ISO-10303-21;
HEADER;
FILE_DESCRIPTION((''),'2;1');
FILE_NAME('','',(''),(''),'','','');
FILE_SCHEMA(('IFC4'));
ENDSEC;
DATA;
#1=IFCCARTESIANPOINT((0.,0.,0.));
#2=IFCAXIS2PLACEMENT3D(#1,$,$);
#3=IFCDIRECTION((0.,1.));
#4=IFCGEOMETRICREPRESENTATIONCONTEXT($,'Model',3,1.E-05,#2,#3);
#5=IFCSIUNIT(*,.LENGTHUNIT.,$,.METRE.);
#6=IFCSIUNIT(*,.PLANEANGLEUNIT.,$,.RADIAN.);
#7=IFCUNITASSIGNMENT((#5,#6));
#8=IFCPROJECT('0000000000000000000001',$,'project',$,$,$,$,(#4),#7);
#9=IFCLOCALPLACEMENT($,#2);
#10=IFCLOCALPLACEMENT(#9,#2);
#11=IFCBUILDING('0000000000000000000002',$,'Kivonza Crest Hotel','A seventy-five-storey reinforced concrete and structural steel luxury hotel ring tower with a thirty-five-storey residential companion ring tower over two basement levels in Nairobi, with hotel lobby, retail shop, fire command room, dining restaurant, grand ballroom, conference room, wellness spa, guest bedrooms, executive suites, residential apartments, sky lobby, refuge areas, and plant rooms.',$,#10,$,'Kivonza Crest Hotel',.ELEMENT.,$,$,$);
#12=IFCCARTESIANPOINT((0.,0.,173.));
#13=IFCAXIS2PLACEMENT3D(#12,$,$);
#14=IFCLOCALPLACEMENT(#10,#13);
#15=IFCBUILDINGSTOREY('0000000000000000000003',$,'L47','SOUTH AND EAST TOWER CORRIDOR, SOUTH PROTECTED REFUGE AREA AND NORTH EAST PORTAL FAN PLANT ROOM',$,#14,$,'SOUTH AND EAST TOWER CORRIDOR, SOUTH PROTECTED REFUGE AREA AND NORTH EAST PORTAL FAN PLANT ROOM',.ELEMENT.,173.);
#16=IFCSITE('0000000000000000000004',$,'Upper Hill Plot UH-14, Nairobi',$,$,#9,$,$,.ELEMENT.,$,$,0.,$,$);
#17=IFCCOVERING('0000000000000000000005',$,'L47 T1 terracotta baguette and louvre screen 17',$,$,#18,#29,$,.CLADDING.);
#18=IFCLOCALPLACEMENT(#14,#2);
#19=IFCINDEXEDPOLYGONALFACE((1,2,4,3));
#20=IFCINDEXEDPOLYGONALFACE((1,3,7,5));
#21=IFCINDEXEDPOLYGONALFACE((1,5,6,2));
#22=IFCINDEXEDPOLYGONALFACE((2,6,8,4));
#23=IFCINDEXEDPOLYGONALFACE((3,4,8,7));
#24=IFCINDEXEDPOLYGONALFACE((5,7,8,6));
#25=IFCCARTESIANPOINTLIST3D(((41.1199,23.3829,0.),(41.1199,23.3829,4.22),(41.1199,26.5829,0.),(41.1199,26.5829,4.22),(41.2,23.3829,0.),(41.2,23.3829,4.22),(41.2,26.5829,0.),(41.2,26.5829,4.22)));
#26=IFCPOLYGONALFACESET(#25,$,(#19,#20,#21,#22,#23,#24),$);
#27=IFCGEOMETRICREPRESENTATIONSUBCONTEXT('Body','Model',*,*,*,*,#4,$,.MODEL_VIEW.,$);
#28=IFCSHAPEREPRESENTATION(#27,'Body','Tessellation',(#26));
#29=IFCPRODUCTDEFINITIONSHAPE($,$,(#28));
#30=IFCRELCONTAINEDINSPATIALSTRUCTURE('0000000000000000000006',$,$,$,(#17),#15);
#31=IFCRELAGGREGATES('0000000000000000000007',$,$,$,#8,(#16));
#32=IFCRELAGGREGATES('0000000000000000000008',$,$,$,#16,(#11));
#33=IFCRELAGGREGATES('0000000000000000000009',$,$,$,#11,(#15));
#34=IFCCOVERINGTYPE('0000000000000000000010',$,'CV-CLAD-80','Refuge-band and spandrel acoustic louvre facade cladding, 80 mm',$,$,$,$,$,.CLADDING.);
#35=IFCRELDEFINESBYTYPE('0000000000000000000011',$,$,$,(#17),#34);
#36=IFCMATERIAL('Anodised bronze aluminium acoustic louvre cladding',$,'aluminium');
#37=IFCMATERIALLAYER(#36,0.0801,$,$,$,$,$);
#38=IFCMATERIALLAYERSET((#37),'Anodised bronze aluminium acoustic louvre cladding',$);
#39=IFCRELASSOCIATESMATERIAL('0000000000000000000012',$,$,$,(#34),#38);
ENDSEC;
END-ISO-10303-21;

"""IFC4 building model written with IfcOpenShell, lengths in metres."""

from ifc_helpers import new_model, si_unit, direction, frame, origin, origin_2d, place, context, subcontext, project, spatial, rectangle, extrude, material, layer, layer_set, type_object, element, save


model = new_model("IFC4")

# Units and contexts
model_context = context("Model", 3, precision=1e-05, world=origin(), true_north=direction((0.0, 1.0)))
body_context = subcontext(model_context, "Body", "Model", "MODEL_VIEW")
ifc_project = project(units=[si_unit("LENGTHUNIT", "METRE"), si_unit("PLANEANGLEUNIT", "RADIAN")], contexts=[model_context])

# Site, building, storey
site_placement = place(None, origin())
site = spatial("IfcSite", under=ifc_project, at=site_placement, Name="Upper Hill Plot UH-14, Nairobi", CompositionType="ELEMENT", RefElevation=0.0)
building_placement = place(site_placement, origin())
building = spatial("IfcBuilding", under=site, at=building_placement, Name="Kivonza Crest Hotel", Description="A seventy-five-storey reinforced concrete and structural steel luxury hotel ring tower with a thirty-five-storey residential companion ring tower over two basement levels in Nairobi, with hotel lobby, retail shop, fire command room, dining restaurant, grand ballroom, conference room, wellness spa, guest bedrooms, executive suites, residential apartments, sky lobby, refuge areas, and plant rooms.", LongName="Kivonza Crest Hotel", CompositionType="ELEMENT")
storey_placement = place(building_placement, frame((0.0, 0.0, 173.0)))
storey = spatial("IfcBuildingStorey", under=building, at=storey_placement, Name="L47", Description="SOUTH AND EAST TOWER CORRIDOR, SOUTH PROTECTED REFUGE AREA AND NORTH EAST PORTAL FAN PLANT ROOM", LongName="SOUTH AND EAST TOWER CORRIDOR, SOUTH PROTECTED REFUGE AREA AND NORTH EAST PORTAL FAN PLANT ROOM", CompositionType="ELEMENT", Elevation=173.0)

# Covering
ifc_material_1 = material(Name="Anodised bronze aluminium acoustic louvre cladding", Category="aluminium")
ifc_layer_1 = layer(ifc_material_1, 0.0801)
ifc_layer_set_1 = layer_set([ifc_layer_1], Name="Anodised bronze aluminium acoustic louvre cladding")
covering_type = type_object("IfcCoveringType", Name="CV-CLAD-80", Description="Refuge-band and spandrel acoustic louvre facade cladding, 80 mm", PredefinedType="CLADDING", material=ifc_layer_set_1)
covering_placement = place(storey_placement, frame((41.1599, 24.9829, 0.0), z_axis=(0.0, 0.0, 1.0), x_axis=(0.0, 1.0, 0.0)))
element("IfcCovering", 1, at=covering_placement, inside=storey, type_object=covering_type, Name="L47 T1 terracotta baguette and louvre screen 17", PredefinedType="CLADDING", context=body_context, shape_type="SweptSolid", body=[
    extrude(rectangle(XDim=3.2, YDim=0.0801, at=origin_2d()), origin(), (0.0, 0.0, 1.0), 4.22),
])

save(model, "model.ifc")
